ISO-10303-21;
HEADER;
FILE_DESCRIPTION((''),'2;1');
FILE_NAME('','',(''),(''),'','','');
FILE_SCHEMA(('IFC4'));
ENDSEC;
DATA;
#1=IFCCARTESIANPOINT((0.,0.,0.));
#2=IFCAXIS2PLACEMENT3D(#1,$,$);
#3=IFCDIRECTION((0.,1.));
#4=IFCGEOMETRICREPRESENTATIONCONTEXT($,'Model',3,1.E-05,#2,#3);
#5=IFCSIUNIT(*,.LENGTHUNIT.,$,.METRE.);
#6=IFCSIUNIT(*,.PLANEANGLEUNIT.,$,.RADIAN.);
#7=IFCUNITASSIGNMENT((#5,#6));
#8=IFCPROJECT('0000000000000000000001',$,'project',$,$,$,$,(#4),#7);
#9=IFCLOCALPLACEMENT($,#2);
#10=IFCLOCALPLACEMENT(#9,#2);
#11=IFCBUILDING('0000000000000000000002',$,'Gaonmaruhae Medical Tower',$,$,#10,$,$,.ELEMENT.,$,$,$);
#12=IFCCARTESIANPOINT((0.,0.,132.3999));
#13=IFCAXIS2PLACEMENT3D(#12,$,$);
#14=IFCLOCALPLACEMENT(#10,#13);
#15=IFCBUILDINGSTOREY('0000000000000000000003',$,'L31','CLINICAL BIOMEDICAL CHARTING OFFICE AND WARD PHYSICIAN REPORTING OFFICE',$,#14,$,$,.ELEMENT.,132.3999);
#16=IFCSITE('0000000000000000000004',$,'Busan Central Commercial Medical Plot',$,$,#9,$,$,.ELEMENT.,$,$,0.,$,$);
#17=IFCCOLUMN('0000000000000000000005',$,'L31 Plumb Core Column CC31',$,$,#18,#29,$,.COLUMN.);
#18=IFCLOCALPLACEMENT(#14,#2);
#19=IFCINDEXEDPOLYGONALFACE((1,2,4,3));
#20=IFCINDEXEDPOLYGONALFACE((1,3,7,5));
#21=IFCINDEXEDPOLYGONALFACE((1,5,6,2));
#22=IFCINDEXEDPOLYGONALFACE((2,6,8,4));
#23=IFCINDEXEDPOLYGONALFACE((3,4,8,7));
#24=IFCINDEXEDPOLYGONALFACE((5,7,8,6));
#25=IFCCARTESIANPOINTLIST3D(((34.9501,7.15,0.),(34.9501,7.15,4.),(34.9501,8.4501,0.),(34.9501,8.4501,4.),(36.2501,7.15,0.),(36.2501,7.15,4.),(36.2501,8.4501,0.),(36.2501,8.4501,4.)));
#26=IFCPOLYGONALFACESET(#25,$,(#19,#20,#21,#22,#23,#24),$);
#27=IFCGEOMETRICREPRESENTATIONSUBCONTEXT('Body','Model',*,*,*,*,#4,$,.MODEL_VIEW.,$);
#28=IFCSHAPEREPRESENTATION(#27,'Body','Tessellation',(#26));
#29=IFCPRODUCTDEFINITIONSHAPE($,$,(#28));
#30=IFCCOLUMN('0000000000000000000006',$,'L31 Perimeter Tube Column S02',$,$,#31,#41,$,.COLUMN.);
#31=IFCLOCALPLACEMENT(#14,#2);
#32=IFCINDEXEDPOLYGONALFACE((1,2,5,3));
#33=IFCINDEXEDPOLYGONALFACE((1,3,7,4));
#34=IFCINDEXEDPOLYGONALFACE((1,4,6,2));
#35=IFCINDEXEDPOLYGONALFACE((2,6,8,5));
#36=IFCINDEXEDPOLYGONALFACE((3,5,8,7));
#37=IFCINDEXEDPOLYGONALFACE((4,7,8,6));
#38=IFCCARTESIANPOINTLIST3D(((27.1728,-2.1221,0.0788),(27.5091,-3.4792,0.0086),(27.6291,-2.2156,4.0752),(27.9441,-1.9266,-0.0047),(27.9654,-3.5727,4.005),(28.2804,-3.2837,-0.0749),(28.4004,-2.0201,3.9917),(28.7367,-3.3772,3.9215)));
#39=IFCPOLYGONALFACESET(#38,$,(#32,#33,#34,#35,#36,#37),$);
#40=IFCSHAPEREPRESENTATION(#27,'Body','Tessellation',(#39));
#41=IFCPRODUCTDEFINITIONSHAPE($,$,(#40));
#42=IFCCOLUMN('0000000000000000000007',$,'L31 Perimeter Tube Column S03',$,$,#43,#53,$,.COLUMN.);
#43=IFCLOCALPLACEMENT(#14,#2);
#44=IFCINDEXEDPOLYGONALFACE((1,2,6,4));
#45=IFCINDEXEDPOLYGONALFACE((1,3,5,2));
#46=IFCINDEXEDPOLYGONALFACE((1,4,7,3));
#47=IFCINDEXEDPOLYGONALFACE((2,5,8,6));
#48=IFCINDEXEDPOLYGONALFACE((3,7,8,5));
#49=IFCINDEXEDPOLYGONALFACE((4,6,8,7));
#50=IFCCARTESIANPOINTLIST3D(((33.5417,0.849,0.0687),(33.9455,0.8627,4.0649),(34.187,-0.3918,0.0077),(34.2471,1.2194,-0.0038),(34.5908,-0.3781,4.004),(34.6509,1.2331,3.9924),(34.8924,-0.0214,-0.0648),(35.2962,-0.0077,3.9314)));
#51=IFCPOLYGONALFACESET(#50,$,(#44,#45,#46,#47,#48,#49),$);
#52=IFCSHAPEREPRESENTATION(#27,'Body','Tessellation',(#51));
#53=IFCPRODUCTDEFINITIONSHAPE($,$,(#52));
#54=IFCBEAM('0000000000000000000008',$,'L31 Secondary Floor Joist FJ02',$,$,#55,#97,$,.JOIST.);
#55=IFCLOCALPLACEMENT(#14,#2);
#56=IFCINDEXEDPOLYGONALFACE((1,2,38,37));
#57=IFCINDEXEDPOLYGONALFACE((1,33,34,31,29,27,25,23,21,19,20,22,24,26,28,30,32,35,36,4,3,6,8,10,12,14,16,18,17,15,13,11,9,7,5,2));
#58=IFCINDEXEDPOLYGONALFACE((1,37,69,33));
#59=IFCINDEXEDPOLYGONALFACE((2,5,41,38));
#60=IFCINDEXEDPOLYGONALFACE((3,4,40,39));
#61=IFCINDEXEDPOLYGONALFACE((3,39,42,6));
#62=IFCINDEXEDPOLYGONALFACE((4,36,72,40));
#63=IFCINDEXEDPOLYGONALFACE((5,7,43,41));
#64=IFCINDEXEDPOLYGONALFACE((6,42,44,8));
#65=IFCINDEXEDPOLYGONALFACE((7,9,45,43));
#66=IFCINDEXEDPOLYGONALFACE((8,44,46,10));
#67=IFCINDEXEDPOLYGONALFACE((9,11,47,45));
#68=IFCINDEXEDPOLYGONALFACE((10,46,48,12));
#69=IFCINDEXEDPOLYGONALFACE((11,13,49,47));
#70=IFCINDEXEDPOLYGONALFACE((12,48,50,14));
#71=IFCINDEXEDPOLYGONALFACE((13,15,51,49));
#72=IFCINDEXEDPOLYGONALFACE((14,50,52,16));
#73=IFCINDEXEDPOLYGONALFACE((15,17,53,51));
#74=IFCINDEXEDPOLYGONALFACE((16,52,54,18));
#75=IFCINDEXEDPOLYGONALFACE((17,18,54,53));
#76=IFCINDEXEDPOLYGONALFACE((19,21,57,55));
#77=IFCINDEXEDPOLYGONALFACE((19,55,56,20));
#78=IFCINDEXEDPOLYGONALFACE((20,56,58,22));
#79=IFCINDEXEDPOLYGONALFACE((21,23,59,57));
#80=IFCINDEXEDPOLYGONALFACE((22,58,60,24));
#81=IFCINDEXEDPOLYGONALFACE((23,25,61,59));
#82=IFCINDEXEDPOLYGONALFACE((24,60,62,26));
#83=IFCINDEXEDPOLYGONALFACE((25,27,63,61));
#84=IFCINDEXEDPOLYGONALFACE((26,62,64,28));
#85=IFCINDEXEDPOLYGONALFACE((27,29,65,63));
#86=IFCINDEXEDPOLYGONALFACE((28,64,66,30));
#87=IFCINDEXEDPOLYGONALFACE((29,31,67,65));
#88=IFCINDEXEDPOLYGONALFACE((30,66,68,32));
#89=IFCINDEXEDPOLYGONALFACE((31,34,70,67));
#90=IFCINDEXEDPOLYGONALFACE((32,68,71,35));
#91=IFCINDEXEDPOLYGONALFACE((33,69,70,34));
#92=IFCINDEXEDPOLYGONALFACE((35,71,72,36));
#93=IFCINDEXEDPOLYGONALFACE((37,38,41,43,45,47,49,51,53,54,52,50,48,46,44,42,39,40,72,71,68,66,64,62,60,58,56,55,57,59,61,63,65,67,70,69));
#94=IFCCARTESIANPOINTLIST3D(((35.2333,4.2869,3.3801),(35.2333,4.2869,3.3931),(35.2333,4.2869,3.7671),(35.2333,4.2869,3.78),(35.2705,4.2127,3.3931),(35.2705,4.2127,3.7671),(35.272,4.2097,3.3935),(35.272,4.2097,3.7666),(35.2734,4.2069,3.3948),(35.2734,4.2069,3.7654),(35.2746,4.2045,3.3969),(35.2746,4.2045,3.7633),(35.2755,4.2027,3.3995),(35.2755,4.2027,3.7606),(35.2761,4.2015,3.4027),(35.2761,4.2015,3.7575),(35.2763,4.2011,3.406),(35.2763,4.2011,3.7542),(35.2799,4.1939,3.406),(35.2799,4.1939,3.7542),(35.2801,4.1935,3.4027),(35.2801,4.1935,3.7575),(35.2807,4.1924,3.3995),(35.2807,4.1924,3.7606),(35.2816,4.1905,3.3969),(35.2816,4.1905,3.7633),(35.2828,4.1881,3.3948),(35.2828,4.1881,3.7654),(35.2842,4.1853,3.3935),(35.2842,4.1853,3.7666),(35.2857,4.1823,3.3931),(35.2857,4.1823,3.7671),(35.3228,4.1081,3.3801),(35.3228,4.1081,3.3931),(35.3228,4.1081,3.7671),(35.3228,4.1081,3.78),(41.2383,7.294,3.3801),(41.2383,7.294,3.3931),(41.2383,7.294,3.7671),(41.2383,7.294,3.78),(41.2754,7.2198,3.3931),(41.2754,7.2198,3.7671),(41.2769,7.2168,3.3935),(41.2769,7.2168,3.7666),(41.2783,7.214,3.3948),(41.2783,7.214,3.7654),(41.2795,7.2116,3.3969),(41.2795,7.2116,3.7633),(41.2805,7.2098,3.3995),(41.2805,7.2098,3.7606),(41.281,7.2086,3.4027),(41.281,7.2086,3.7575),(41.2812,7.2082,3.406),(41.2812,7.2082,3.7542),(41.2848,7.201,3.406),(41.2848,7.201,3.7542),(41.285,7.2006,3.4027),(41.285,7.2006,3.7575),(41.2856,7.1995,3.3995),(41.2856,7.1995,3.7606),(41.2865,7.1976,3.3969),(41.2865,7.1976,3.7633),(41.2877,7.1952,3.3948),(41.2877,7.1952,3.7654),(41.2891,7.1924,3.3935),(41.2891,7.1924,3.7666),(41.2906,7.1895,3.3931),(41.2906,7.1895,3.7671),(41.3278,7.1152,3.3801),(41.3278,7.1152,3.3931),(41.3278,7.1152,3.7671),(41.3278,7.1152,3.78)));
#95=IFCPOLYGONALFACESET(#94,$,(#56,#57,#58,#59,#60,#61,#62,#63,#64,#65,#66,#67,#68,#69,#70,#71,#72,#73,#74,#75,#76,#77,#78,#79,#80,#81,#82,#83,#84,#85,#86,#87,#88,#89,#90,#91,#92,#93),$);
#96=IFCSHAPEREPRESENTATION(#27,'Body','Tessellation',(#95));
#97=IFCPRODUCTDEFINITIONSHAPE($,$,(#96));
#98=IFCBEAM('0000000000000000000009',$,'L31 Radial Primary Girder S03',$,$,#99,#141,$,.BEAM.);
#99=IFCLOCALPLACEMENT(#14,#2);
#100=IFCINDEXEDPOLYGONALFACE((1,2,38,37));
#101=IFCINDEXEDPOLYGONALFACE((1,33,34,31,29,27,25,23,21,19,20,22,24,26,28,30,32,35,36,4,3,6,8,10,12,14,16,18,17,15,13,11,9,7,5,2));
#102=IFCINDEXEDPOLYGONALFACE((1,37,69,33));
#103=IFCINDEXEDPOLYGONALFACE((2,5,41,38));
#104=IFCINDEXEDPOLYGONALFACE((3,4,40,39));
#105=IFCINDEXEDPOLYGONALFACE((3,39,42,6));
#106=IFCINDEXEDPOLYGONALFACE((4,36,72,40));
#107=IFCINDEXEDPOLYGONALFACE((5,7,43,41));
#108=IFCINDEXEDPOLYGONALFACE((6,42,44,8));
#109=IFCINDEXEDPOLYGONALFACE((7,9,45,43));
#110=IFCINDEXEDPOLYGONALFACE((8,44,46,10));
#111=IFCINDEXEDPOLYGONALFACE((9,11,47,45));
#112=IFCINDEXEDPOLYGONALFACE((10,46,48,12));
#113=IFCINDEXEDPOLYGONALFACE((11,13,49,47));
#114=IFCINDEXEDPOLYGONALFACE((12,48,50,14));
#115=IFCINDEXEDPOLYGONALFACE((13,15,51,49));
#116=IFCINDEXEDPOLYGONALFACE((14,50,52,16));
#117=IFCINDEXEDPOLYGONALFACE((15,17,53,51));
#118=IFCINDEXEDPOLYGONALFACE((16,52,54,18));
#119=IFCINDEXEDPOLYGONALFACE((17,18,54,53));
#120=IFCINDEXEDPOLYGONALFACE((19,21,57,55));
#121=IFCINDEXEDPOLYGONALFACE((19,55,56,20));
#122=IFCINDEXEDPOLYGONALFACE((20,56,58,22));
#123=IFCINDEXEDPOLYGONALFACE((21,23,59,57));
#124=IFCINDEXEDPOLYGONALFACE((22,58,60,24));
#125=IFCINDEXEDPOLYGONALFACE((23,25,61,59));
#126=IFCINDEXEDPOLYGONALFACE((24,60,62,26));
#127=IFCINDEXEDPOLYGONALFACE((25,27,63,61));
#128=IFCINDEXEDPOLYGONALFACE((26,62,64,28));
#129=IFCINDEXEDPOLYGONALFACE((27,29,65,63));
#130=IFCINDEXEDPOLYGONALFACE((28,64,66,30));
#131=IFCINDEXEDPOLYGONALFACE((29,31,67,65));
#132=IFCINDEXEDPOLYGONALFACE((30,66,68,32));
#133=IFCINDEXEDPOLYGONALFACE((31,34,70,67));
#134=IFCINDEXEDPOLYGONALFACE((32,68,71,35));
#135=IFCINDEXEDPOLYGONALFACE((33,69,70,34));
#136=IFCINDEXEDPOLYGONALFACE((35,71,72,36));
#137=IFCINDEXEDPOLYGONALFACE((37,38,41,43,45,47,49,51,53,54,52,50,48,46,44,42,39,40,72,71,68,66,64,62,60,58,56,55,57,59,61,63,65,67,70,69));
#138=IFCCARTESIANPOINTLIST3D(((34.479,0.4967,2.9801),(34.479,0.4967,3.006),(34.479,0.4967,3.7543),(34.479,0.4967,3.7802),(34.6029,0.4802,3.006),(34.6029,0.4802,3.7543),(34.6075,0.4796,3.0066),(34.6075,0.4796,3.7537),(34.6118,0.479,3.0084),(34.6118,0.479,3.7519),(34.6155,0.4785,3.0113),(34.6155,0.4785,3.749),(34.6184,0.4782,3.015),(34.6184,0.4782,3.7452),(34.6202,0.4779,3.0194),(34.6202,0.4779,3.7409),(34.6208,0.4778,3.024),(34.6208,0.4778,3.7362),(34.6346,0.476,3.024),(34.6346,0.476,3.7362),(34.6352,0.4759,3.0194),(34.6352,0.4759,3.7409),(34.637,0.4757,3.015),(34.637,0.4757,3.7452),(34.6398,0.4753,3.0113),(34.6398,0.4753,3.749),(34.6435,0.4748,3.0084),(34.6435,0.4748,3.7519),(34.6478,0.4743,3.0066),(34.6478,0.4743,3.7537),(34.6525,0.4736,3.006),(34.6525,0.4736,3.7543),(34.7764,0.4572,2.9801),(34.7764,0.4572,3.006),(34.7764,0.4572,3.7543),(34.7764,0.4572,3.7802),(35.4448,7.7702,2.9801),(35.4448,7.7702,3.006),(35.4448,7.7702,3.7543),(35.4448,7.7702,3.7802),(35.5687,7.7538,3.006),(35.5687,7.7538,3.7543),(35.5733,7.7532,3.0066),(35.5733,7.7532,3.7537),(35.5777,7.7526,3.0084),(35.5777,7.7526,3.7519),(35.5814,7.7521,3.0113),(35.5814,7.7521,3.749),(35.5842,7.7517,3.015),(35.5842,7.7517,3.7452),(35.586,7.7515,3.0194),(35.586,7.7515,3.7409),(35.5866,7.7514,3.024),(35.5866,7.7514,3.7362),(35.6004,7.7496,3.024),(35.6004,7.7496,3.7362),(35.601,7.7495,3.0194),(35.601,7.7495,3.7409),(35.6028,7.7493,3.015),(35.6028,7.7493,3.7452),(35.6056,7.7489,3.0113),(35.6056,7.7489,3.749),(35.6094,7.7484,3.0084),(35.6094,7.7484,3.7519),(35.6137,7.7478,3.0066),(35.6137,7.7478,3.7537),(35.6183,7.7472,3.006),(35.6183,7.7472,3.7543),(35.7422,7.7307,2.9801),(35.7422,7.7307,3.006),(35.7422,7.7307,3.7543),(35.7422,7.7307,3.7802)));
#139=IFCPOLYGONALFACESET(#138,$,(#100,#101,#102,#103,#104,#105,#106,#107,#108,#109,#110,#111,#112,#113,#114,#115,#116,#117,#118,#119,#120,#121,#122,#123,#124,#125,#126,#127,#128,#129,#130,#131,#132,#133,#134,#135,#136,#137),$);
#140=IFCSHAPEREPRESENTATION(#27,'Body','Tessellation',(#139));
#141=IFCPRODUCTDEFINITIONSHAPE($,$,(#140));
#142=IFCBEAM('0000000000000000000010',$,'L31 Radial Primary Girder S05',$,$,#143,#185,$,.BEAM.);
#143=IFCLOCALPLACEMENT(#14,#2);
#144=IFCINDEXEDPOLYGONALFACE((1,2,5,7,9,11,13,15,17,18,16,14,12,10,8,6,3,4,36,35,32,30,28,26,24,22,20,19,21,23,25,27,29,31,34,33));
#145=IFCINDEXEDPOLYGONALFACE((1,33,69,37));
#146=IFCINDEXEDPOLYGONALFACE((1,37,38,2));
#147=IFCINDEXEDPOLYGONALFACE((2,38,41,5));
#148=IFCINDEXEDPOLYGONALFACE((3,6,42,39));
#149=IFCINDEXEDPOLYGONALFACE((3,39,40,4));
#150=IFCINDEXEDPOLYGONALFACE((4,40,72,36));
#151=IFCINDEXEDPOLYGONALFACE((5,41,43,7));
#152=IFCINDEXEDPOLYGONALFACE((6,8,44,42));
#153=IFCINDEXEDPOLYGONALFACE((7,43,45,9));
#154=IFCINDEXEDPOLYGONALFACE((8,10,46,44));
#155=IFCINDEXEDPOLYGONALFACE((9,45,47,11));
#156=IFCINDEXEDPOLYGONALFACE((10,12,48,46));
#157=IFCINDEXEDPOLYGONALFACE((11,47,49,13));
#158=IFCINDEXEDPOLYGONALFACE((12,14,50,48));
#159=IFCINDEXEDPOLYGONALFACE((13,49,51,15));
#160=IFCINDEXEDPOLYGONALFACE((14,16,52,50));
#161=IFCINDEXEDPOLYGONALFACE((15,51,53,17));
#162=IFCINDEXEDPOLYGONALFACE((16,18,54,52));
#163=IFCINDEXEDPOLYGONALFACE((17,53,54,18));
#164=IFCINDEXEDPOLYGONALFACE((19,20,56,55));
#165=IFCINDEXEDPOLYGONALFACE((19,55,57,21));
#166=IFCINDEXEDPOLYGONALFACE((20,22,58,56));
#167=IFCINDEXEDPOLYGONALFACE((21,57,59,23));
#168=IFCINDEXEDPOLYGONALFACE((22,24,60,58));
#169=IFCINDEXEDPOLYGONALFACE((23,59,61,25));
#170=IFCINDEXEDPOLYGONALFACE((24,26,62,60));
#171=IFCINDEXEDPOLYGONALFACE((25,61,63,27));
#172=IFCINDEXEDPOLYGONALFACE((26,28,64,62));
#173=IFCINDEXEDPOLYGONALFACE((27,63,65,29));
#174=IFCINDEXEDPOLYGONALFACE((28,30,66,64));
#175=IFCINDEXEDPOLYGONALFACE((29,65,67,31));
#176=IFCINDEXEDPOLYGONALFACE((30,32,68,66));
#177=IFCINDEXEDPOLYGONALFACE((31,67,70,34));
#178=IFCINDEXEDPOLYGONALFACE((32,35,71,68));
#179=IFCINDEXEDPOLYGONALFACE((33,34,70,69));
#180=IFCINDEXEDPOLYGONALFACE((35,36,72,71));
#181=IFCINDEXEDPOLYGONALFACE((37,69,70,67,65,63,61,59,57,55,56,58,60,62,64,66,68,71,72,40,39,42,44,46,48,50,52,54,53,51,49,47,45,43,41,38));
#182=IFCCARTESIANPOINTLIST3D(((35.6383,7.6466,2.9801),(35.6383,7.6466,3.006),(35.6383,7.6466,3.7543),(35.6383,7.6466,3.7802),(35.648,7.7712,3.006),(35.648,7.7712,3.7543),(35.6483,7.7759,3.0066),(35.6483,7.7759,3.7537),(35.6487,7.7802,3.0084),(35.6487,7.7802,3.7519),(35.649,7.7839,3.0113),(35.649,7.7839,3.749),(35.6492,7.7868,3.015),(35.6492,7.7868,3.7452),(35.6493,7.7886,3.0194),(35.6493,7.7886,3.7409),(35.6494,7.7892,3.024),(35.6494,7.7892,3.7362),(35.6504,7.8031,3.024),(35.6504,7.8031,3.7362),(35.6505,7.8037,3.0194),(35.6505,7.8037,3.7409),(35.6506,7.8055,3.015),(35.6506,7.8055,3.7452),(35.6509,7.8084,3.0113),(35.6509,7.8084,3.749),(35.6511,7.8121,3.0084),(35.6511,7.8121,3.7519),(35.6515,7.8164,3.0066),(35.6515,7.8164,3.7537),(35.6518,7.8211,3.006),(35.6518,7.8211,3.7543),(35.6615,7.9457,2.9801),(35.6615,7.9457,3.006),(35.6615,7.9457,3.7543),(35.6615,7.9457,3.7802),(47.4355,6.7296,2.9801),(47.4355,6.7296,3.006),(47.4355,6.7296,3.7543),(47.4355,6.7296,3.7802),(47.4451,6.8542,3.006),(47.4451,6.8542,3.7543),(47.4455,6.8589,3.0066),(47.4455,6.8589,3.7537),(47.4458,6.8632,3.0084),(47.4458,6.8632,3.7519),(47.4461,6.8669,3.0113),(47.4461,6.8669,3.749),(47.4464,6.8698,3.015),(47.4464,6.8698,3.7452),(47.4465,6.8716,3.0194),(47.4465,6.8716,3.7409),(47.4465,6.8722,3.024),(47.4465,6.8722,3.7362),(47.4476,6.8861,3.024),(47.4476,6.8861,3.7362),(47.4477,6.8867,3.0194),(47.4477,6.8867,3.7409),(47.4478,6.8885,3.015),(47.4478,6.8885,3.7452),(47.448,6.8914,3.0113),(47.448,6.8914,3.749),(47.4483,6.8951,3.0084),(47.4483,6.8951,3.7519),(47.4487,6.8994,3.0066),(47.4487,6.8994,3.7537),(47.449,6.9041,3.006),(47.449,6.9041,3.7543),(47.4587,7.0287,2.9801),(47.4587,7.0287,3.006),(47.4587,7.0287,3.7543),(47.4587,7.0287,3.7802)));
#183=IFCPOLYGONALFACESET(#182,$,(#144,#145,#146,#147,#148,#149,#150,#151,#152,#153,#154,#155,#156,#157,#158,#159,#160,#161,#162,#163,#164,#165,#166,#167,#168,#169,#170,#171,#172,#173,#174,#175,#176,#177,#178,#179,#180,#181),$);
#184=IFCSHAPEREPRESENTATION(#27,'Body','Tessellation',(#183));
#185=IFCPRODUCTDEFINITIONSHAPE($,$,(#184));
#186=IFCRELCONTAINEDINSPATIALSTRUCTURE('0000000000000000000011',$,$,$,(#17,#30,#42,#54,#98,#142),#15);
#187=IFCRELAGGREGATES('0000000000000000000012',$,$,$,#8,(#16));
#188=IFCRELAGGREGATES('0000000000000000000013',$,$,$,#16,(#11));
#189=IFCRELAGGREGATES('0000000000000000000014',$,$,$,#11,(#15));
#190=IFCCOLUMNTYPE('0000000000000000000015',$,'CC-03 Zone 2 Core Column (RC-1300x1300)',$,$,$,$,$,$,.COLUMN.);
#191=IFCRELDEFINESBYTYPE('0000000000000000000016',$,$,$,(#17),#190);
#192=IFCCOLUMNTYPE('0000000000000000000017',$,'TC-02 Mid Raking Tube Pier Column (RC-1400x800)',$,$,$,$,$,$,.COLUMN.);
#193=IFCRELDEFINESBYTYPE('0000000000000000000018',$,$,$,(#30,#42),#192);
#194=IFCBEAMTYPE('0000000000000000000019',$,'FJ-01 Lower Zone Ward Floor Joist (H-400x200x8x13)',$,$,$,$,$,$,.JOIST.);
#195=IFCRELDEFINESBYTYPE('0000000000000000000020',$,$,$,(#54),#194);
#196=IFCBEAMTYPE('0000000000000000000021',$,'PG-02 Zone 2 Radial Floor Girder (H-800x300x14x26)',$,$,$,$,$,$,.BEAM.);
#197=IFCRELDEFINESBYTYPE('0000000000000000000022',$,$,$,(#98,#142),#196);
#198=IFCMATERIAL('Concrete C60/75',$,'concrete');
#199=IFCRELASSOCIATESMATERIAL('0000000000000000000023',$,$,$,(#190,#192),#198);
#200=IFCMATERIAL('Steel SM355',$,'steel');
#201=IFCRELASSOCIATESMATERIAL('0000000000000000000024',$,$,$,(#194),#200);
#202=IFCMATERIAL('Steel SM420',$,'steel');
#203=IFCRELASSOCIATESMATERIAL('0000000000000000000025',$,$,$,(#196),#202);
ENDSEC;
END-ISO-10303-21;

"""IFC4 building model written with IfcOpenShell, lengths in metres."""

from ifc_helpers import new_model, si_unit, direction, frame, origin, origin_2d, place, context, subcontext, project, spatial, rectangle, i_section, extrude, material, material_profile, profile_set, type_object, element, save


model = new_model("IFC4")

# Units and contexts
model_context = context("Model", 3, precision=1e-05, world=origin(), true_north=direction((0.0, 1.0)))
body_context = subcontext(model_context, "Body", "Model", "MODEL_VIEW")
ifc_project = project(units=[si_unit("LENGTHUNIT", "METRE"), si_unit("PLANEANGLEUNIT", "RADIAN")], contexts=[model_context])

# Site, building, storey
site_placement = place(None, origin())
site = spatial("IfcSite", under=ifc_project, at=site_placement, Name="Busan Central Commercial Medical Plot", CompositionType="ELEMENT", RefElevation=0.0)
building_placement = place(site_placement, origin())
building = spatial("IfcBuilding", under=site, at=building_placement, Name="Gaonmaruhae Medical Tower", CompositionType="ELEMENT")
storey_placement = place(building_placement, frame((0.0, 0.0, 132.3999)))
storey = spatial("IfcBuildingStorey", under=building, at=storey_placement, Name="L31", Description="CLINICAL BIOMEDICAL CHARTING OFFICE AND WARD PHYSICIAN REPORTING OFFICE", CompositionType="ELEMENT", Elevation=132.3999)

# Columns
ifc_material_1 = material(Name="Concrete C60/75", Category="concrete")
ifc_material_profile_1 = material_profile(ifc_material_1, rectangle(XDim=1.3, YDim=1.3, at=origin_2d()), Name="RC-1300x1300")
ifc_profile_set_1 = profile_set([ifc_material_profile_1], Name="Concrete C60/75")
column_type_1 = type_object("IfcColumnType", Name="CC-03 Zone 2 Core Column (RC-1300x1300)", PredefinedType="COLUMN", material=ifc_profile_set_1)
column_1_placement = place(storey_placement, frame((35.6001, 7.8, 0.0), z_axis=(0.0, 0.0, 1.0), x_axis=(1.0, 0.0, 0.0)))
element("IfcColumn", 1, at=column_1_placement, inside=storey, type_object=column_type_1, Name="L31 Plumb Core Column CC31", PredefinedType="COLUMN", context=body_context, shape_type="SweptSolid", body=[
    extrude(rectangle(XDim=1.3, YDim=1.3, at=origin_2d()), origin(), (0.0, 0.0, 1.0), 4.0),
])
ifc_material_profile_2 = material_profile(ifc_material_1, rectangle(XDim=1.3999, YDim=0.8, at=origin_2d()), Name="RC-1400x800")
ifc_profile_set_2 = profile_set([ifc_material_profile_2], Name="Concrete C60/75")
column_type_2 = type_object("IfcColumnType", Name="TC-02 Mid Raking Tube Pier Column (RC-1400x800)", PredefinedType="COLUMN", material=ifc_profile_set_2)
column_2_placement = place(storey_placement, frame((27.7266, -2.7029, 0.002), z_axis=(0.113412, -0.023241, 0.993276), x_axis=(-0.240241, 0.969419, 0.050113)))
element("IfcColumn", 2, at=column_2_placement, inside=storey, type_object=column_type_2, Name="L31 Perimeter Tube Column S02", PredefinedType="COLUMN", context=body_context, shape_type="SweptSolid", body=[
    extrude(rectangle(XDim=1.3999, YDim=0.8, at=origin_2d()), origin(), (0.0, 0.0, 1.0), 4.0234),
])
column_3_placement = place(storey_placement, frame((34.217, 0.4138, 0.002), z_axis=(0.100532, 0.003404, 0.994928), x_axis=(-0.460934, 0.886366, 0.043543)))
element("IfcColumn", 3, at=column_3_placement, inside=storey, type_object=column_type_2, Name="L31 Perimeter Tube Column S03", PredefinedType="COLUMN", context=body_context, shape_type="SweptSolid", body=[
    extrude(rectangle(XDim=1.3999, YDim=0.8, at=origin_2d()), origin(), (0.0, 0.0, 1.0), 4.0166),
])

# Beams
ifc_material_2 = material(Name="Steel SM355", Category="steel")
ifc_material_profile_3 = material_profile(ifc_material_2, i_section(OverallWidth=0.2, OverallDepth=0.3999, WebThickness=0.0081, FlangeThickness=0.0129, FilletRadius=0.0129, at=origin_2d()), Name="H-400x200x8x13")
ifc_profile_set_3 = profile_set([ifc_material_profile_3], Name="Steel SM355")
beam_type_1 = type_object("IfcBeamType", Name="FJ-01 Lower Zone Ward Floor Joist (H-400x200x8x13)", PredefinedType="JOIST", material=ifc_profile_set_3)
beam_1_placement = place(storey_placement, frame((35.2781, 4.1975, 3.5801), z_axis=(0.894151, 0.447766, 0.0), x_axis=(-0.447766, 0.894151, 0.0)))
element("IfcBeam", 4, at=beam_1_placement, inside=storey, type_object=beam_type_1, Name="L31 Secondary Floor Joist FJ02", PredefinedType="JOIST", context=body_context, shape_type="SweptSolid", body=[
    extrude(i_section(OverallWidth=0.2, OverallDepth=0.3999, WebThickness=0.0081, FlangeThickness=0.0129, FilletRadius=0.0129, at=origin_2d()), origin(), (0.0, 0.0, 1.0), 6.7158),
])
ifc_material_3 = material(Name="Steel SM420", Category="steel")
ifc_material_profile_4 = material_profile(ifc_material_3, i_section(OverallWidth=0.3, OverallDepth=0.8, WebThickness=0.0139, FlangeThickness=0.0259, FilletRadius=0.0181, at=origin_2d()), Name="H-800x300x14x26")
ifc_profile_set_4 = profile_set([ifc_material_profile_4], Name="Steel SM420")
beam_type_2 = type_object("IfcBeamType", Name="PG-02 Zone 2 Radial Floor Girder (H-800x300x14x26)", PredefinedType="BEAM", material=ifc_profile_set_4)
beam_2_placement = place(storey_placement, frame((35.5935, 7.7505, 3.3801), z_axis=(-0.131632, -0.991299, 0.0), x_axis=(0.991299, -0.131632, 0.0)))
element("IfcBeam", 5, at=beam_2_placement, inside=storey, type_object=beam_type_2, Name="L31 Radial Primary Girder S03", PredefinedType="BEAM", context=body_context, shape_type="SweptSolid", body=[
    extrude(i_section(OverallWidth=0.3, OverallDepth=0.8, WebThickness=0.0139, FlangeThickness=0.0259, FilletRadius=0.0181, at=origin_2d()), origin(), (0.0, 0.0, 1.0), 7.3374),
])
beam_3_placement = place(storey_placement, frame((35.6499, 7.7961, 3.3801), z_axis=(0.996993, -0.077496, 0.0), x_axis=(0.077496, 0.996993, 0.0)))
element("IfcBeam", 6, at=beam_3_placement, inside=storey, type_object=beam_type_2, Name="L31 Radial Primary Girder S05", PredefinedType="BEAM", context=body_context, shape_type="SweptSolid", body=[
    extrude(i_section(OverallWidth=0.3, OverallDepth=0.8, WebThickness=0.0139, FlangeThickness=0.0259, FilletRadius=0.0181, at=origin_2d()), origin(), (0.0, 0.0, 1.0), 11.8328),
])

save(model, "model.ifc")
